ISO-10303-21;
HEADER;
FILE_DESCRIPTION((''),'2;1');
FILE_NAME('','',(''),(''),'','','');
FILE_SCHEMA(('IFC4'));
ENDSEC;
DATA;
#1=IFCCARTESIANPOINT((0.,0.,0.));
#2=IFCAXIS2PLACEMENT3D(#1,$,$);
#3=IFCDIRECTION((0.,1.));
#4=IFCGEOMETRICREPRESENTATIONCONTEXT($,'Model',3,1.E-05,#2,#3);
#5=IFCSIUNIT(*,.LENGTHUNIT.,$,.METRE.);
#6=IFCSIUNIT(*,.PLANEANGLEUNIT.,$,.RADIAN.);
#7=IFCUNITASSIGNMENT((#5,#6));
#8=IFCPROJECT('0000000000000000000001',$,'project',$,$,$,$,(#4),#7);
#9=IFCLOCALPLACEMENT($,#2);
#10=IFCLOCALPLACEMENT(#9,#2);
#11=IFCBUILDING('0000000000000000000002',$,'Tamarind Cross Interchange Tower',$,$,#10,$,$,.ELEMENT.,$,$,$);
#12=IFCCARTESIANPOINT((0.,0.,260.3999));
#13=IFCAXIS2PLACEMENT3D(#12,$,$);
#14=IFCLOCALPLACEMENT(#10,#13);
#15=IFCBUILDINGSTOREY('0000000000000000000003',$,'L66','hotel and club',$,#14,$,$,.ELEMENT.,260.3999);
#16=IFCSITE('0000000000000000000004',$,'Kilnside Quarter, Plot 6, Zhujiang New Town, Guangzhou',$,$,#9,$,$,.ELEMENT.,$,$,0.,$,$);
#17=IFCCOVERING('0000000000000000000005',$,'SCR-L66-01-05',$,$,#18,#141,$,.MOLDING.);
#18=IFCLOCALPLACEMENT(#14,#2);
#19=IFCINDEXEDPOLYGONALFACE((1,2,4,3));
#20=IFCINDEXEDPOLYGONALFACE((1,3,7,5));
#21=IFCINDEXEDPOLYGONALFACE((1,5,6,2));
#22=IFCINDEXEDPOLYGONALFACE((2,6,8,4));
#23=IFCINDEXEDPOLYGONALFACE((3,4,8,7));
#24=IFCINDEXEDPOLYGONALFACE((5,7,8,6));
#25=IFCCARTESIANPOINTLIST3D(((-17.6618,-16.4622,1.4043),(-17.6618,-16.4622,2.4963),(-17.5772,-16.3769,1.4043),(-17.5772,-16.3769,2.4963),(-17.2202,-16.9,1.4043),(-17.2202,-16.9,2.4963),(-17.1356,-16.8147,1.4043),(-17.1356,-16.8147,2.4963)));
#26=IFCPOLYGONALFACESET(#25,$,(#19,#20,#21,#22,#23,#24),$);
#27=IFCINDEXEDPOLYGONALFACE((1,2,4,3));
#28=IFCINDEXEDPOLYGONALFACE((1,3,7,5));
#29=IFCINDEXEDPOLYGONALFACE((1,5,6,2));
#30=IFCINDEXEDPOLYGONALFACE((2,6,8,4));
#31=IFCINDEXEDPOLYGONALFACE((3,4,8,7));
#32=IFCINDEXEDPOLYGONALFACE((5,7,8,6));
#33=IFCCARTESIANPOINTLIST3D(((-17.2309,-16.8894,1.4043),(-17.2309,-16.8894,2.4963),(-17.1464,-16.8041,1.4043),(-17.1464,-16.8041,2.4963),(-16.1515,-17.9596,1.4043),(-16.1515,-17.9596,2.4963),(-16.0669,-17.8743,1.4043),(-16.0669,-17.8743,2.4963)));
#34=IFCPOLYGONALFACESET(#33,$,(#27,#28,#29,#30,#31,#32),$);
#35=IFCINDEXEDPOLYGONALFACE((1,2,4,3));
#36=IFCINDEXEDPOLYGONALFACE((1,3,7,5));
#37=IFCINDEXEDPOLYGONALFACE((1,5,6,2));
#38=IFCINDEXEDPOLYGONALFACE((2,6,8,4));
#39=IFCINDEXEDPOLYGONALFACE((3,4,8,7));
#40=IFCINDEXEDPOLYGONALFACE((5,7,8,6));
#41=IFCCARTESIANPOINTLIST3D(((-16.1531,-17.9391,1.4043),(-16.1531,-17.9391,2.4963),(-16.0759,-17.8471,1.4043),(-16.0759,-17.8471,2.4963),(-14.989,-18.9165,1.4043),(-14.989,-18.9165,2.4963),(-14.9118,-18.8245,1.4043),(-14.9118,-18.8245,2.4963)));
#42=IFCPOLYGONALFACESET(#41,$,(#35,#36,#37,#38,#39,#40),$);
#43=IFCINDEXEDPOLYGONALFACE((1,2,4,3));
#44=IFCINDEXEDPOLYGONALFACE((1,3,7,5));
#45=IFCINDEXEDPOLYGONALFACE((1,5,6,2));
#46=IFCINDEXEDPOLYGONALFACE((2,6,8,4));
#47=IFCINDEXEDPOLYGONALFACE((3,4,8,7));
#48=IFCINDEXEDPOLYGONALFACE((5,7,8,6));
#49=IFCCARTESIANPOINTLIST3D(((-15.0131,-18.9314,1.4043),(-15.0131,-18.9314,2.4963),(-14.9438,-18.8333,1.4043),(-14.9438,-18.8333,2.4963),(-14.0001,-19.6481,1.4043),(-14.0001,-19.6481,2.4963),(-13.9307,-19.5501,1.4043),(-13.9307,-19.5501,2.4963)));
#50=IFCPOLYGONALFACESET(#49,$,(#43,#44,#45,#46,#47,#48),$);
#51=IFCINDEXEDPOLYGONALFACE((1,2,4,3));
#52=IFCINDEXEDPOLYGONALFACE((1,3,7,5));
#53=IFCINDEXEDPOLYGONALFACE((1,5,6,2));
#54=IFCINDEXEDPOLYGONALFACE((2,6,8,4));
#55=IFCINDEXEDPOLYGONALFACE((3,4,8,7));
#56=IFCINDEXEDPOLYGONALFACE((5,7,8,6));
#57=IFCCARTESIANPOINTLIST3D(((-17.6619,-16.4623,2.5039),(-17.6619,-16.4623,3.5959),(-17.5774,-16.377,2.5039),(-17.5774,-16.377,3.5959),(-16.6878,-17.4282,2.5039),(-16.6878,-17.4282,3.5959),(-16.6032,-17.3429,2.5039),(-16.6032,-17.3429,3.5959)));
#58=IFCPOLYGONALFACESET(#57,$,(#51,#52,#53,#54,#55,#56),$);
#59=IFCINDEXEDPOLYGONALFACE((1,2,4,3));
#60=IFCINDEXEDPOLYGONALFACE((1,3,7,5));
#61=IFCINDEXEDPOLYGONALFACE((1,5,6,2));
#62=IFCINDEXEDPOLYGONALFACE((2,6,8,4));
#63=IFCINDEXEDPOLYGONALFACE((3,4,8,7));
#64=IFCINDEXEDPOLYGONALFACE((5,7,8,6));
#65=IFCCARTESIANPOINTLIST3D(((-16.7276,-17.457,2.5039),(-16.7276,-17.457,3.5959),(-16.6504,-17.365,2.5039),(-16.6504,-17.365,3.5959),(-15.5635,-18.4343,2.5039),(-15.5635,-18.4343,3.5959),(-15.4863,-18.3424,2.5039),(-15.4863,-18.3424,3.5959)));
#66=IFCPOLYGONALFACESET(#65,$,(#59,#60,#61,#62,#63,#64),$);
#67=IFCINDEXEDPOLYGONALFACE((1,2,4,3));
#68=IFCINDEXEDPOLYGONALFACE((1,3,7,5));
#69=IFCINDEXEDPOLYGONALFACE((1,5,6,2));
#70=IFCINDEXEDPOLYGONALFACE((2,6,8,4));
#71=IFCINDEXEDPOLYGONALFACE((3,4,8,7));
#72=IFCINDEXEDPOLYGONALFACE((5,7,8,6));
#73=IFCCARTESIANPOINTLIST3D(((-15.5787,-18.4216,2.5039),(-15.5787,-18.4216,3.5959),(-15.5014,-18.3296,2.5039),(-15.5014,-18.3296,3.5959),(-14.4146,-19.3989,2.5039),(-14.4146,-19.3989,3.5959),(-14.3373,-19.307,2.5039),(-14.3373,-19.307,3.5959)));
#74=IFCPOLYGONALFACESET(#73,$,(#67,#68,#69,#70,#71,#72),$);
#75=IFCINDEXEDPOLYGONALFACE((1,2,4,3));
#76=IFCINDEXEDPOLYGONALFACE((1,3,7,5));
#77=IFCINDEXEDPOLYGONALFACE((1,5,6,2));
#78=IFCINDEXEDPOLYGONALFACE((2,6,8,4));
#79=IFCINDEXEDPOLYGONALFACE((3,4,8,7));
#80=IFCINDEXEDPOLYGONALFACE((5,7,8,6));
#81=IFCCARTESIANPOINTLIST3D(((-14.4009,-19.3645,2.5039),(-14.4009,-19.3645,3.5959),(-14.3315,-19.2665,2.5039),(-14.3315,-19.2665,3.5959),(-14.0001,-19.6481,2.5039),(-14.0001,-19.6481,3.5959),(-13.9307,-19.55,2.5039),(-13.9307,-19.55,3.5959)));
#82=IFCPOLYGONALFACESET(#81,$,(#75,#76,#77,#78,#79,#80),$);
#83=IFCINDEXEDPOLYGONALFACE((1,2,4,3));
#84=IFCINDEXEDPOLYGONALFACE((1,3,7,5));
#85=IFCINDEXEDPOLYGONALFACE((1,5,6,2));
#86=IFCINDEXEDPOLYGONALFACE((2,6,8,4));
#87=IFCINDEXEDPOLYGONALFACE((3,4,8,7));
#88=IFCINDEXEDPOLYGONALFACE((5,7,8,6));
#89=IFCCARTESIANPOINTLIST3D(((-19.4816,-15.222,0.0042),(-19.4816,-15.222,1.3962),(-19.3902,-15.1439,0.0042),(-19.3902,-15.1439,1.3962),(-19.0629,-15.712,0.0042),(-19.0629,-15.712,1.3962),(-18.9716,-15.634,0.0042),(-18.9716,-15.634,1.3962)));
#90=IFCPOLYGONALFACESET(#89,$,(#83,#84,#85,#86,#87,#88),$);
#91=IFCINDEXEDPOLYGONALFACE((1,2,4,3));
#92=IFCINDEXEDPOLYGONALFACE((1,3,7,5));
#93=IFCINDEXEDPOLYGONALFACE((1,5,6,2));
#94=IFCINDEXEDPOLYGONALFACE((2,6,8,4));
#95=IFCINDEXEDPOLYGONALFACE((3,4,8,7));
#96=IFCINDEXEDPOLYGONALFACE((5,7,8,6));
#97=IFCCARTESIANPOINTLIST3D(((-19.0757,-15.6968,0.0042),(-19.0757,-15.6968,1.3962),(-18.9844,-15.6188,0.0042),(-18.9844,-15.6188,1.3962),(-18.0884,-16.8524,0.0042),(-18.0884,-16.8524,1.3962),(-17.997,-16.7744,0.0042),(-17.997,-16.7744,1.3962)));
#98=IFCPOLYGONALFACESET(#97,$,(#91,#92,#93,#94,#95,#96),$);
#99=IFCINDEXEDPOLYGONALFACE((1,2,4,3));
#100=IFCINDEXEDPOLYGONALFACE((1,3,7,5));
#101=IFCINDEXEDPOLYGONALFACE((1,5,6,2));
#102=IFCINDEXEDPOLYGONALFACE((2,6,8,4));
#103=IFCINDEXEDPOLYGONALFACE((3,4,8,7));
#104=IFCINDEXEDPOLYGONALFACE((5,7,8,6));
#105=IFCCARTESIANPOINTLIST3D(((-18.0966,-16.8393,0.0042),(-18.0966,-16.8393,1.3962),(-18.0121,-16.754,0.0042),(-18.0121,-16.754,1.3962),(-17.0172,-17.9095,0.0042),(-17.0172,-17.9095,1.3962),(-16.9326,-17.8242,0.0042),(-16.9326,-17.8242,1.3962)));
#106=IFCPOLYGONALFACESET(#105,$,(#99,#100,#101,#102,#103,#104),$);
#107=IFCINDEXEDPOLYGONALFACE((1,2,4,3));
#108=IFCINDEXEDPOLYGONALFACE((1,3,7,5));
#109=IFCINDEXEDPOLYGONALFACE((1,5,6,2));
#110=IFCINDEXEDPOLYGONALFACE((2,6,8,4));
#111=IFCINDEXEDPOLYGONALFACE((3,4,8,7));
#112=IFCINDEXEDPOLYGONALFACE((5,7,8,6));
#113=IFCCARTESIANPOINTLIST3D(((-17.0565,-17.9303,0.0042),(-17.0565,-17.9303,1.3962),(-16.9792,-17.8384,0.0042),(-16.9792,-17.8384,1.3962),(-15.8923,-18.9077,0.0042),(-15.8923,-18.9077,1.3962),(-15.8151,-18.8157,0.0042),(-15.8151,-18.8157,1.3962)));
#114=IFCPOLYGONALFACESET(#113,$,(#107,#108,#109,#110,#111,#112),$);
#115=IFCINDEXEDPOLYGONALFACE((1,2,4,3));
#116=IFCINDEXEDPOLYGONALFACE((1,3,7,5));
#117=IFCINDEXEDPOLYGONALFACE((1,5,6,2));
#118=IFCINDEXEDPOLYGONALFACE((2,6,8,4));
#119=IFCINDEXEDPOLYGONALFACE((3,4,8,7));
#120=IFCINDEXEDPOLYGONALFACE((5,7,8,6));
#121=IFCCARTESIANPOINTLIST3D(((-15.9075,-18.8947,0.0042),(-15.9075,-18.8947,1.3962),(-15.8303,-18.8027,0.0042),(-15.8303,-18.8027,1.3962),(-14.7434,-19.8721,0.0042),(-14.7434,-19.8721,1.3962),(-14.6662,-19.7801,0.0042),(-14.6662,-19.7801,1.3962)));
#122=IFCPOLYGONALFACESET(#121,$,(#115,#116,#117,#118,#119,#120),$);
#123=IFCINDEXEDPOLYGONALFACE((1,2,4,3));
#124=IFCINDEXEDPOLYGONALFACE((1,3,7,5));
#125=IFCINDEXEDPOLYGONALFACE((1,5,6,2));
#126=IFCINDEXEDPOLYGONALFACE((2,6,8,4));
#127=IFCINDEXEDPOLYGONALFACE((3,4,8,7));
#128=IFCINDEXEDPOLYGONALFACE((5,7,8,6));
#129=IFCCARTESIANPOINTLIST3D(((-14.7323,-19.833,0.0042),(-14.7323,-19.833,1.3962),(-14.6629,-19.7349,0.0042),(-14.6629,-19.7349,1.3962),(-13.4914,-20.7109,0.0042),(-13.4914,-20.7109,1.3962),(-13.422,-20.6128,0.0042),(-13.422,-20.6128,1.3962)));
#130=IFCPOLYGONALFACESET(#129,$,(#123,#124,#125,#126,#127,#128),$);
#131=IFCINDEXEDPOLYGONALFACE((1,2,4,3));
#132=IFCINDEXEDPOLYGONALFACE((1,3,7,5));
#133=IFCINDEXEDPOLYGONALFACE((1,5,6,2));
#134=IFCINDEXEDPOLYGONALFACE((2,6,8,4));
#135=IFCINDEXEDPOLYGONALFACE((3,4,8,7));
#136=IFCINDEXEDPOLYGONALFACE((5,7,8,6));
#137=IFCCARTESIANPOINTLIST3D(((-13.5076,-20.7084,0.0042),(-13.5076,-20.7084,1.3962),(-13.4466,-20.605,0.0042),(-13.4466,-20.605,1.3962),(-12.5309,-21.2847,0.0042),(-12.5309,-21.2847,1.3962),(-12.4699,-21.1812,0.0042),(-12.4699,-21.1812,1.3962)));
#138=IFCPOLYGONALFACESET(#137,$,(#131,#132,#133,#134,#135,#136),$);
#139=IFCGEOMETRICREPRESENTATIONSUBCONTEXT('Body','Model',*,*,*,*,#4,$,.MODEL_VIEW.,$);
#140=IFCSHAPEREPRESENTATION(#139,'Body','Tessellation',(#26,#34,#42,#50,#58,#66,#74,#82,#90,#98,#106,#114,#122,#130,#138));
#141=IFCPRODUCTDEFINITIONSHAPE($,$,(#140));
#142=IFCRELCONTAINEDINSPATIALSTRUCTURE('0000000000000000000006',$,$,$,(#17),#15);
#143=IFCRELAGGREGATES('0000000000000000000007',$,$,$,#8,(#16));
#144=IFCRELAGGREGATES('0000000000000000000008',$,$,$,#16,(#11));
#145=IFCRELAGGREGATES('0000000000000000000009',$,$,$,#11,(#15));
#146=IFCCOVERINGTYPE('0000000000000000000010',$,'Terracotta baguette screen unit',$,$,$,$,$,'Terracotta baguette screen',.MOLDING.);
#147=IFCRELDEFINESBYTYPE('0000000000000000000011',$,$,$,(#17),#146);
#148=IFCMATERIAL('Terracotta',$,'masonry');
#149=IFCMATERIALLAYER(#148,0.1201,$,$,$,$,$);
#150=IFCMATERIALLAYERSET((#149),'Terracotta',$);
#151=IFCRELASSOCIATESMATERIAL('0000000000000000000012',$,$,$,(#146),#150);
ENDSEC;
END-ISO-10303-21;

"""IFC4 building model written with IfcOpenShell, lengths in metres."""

from ifc_helpers import new_model, si_unit, direction, frame, origin, origin_2d, place, context, subcontext, project, spatial, rectangle, extrude, material, layer, layer_set, type_object, element, save


model = new_model("IFC4")

# Units and contexts
model_context = context("Model", 3, precision=1e-05, world=origin(), true_north=direction((0.0, 1.0)))
body_context = subcontext(model_context, "Body", "Model", "MODEL_VIEW")
ifc_project = project(units=[si_unit("LENGTHUNIT", "METRE"), si_unit("PLANEANGLEUNIT", "RADIAN")], contexts=[model_context])

# Site, building, storey
site_placement = place(None, origin())
site = spatial("IfcSite", under=ifc_project, at=site_placement, Name="Kilnside Quarter, Plot 6, Zhujiang New Town, Guangzhou", CompositionType="ELEMENT", RefElevation=0.0)
building_placement = place(site_placement, origin())
building = spatial("IfcBuilding", under=site, at=building_placement, Name="Tamarind Cross Interchange Tower", CompositionType="ELEMENT")
storey_placement = place(building_placement, frame((0.0, 0.0, 260.3999)))
storey = spatial("IfcBuildingStorey", under=building, at=storey_placement, Name="L66", Description="hotel and club", CompositionType="ELEMENT", Elevation=260.3999)

# Covering
ifc_material_1 = material(Name="Terracotta", Category="masonry")
ifc_layer_1 = layer(ifc_material_1, 0.1201)
ifc_layer_set_1 = layer_set([ifc_layer_1], Name="Terracotta")
covering_type = type_object("IfcCoveringType", Name="Terracotta baguette screen unit", ElementType="Terracotta baguette screen", PredefinedType="MOLDING", material=ifc_layer_set_1)
covering_1_placement = place(storey_placement, origin())
element("IfcCovering", 1, at=covering_1_placement, inside=storey, type_object=covering_type, Name="SCR-L66-01-05", PredefinedType="MOLDING", context=body_context, shape_type="SweptSolid", body=[
    extrude(rectangle(XDim=0.6218, YDim=0.1201, at=origin_2d()), frame((-17.3987, -16.6384, 1.4043), z_axis=(0.0, 0.0, 1.0), x_axis=(0.710143, -0.704057, 0.0)), (0.0, 0.0, 1.0), 1.092),
    extrude(rectangle(XDim=1.52, YDim=0.1201, at=origin_2d()), frame((-16.6489, -17.3818, 1.4043), z_axis=(0.0, 0.0, 1.0), x_axis=(0.710143, -0.704057, 0.0)), (0.0, 0.0, 1.0), 1.092),
    extrude(rectangle(XDim=1.52, YDim=0.1201, at=origin_2d()), frame((-15.5325, -18.3818, 1.4043), z_axis=(0.0, 0.0, 1.0), x_axis=(0.765858, -0.643009, 0.0)), (0.0, 0.0, 1.0), 1.092),
    extrude(rectangle(XDim=1.241, YDim=0.1201, at=origin_2d()), frame((-14.4719, -19.2407, 1.4043), z_axis=(0.0, 0.0, 1.0), x_axis=(0.816342, -0.577569, 0.0)), (0.0, 0.0, 1.0), 1.092),
    extrude(rectangle(XDim=1.3718, YDim=0.1201, at=origin_2d()), frame((-17.1326, -16.9026, 2.5039), z_axis=(0.0, 0.0, 1.0), x_axis=(0.710143, -0.704057, 0.0)), (0.0, 0.0, 1.0), 1.092),
    extrude(rectangle(XDim=1.52, YDim=0.1201, at=origin_2d()), frame((-16.1069, -17.8997, 2.5039), z_axis=(0.0, 0.0, 1.0), x_axis=(0.765858, -0.643009, 0.0)), (0.0, 0.0, 1.0), 1.092),
    extrude(rectangle(XDim=1.52, YDim=0.1201, at=origin_2d()), frame((-14.958, -18.8643, 2.5039), z_axis=(0.0, 0.0, 1.0), x_axis=(0.765858, -0.643009, 0.0)), (0.0, 0.0, 1.0), 1.092),
    extrude(rectangle(XDim=0.491, YDim=0.1201, at=origin_2d()), frame((-14.1658, -19.4573, 2.5039), z_axis=(0.0, 0.0, 1.0), x_axis=(0.816342, -0.577569, 0.0)), (0.0, 0.0, 1.0), 1.092),
    extrude(rectangle(XDim=0.6445, YDim=0.1201, at=origin_2d()), frame((-19.2266, -15.428, 0.0042), z_axis=(0.0, 0.0, 1.0), x_axis=(0.649577, -0.760296, 0.0)), (0.0, 0.0, 1.0), 1.3921),
    extrude(rectangle(XDim=1.52, YDim=0.1201, at=origin_2d()), frame((-18.5364, -16.2356, 0.0042), z_axis=(0.0, 0.0, 1.0), x_axis=(0.649577, -0.760296, 0.0)), (0.0, 0.0, 1.0), 1.3921),
    extrude(rectangle(XDim=1.52, YDim=0.1201, at=origin_2d()), frame((-17.5146, -17.3318, 0.0042), z_axis=(0.0, 0.0, 1.0), x_axis=(0.710143, -0.704057, 0.0)), (0.0, 0.0, 1.0), 1.3921),
    extrude(rectangle(XDim=1.52, YDim=0.1201, at=origin_2d()), frame((-16.4358, -18.373, 0.0042), z_axis=(0.0, 0.0, 1.0), x_axis=(0.765858, -0.643009, 0.0)), (0.0, 0.0, 1.0), 1.3921),
    extrude(rectangle(XDim=1.52, YDim=0.1201, at=origin_2d()), frame((-15.2869, -19.3374, 0.0042), z_axis=(0.0, 0.0, 1.0), x_axis=(0.765858, -0.643009, 0.0)), (0.0, 0.0, 1.0), 1.3921),
    extrude(rectangle(XDim=1.52, YDim=0.1201, at=origin_2d()), frame((-14.0771, -20.2229, 0.0042), z_axis=(0.0, 0.0, 1.0), x_axis=(0.816342, -0.577569, 0.0)), (0.0, 0.0, 1.0), 1.3921),
    extrude(rectangle(XDim=1.134, YDim=0.1201, at=origin_2d()), frame((-12.9888, -20.9448, 0.0042), z_axis=(0.0, 0.0, 1.0), x_axis=(0.861249, -0.508183, 0.0)), (0.0, 0.0, 1.0), 1.3921),
])

save(model, "model.ifc")
